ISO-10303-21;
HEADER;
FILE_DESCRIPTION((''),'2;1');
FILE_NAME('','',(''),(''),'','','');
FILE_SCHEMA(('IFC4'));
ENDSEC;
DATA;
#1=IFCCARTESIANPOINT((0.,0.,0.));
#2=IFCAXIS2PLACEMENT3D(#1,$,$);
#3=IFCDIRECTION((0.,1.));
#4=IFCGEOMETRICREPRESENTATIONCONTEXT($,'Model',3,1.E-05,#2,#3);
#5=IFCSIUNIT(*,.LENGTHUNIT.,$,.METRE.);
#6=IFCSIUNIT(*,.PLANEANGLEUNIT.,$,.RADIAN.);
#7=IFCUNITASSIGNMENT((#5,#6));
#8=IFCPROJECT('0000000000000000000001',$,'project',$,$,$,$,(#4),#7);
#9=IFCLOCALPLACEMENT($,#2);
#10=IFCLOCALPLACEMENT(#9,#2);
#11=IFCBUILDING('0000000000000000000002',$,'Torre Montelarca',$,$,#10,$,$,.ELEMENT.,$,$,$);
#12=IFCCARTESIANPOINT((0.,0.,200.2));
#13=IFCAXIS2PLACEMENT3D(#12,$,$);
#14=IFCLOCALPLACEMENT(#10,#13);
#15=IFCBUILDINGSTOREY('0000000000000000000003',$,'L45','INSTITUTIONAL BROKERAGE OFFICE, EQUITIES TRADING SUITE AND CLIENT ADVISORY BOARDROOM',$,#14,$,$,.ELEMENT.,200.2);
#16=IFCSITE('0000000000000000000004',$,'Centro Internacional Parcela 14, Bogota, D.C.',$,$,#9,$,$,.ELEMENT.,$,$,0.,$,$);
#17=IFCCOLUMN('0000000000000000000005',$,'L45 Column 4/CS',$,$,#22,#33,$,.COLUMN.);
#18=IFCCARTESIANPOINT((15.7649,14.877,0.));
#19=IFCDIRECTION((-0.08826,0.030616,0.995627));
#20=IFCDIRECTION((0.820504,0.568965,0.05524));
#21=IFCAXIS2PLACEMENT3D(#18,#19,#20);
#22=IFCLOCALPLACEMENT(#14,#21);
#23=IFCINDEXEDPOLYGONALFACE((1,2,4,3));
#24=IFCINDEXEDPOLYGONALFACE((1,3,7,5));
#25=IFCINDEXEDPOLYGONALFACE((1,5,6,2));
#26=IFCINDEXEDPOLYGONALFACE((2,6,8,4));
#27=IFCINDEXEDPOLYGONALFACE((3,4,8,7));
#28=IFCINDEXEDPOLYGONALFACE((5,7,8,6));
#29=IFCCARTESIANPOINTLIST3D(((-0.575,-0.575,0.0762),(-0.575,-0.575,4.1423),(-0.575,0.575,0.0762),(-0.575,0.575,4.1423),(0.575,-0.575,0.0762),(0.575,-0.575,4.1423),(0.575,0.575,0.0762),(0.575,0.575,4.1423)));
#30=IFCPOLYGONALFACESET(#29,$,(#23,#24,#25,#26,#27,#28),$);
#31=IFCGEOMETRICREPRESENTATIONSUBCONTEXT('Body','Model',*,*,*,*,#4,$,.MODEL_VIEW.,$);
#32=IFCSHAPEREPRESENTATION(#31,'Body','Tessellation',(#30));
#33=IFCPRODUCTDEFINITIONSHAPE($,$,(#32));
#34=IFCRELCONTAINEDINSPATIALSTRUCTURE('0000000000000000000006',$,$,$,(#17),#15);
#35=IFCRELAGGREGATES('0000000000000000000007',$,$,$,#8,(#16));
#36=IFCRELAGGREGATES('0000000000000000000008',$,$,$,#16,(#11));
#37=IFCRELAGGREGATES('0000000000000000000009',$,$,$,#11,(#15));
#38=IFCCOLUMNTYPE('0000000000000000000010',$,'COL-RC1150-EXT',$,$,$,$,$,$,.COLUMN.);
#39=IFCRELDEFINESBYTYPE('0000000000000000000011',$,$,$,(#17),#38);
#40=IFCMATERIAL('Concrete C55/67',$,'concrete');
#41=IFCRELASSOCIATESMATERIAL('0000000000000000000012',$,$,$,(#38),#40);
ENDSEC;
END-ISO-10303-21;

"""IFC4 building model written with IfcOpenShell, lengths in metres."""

from ifc_helpers import new_model, si_unit, direction, frame, origin, origin_2d, place, context, subcontext, project, spatial, rectangle, extrude, clip, halfspace, material, material_profile, profile_set, type_object, element, save


model = new_model("IFC4")

# Units and contexts
model_context = context("Model", 3, precision=1e-05, world=origin(), true_north=direction((0.0, 1.0)))
body_context = subcontext(model_context, "Body", "Model", "MODEL_VIEW")
ifc_project = project(units=[si_unit("LENGTHUNIT", "METRE"), si_unit("PLANEANGLEUNIT", "RADIAN")], contexts=[model_context])

# Site, building, storey
site_placement = place(None, origin())
site = spatial("IfcSite", under=ifc_project, at=site_placement, Name="Centro Internacional Parcela 14, Bogota, D.C.", CompositionType="ELEMENT", RefElevation=0.0)
building_placement = place(site_placement, origin())
building = spatial("IfcBuilding", under=site, at=building_placement, Name="Torre Montelarca", CompositionType="ELEMENT")
storey_placement = place(building_placement, frame((0.0, 0.0, 200.2)))
storey = spatial("IfcBuildingStorey", under=building, at=storey_placement, Name="L45", Description="INSTITUTIONAL BROKERAGE OFFICE, EQUITIES TRADING SUITE AND CLIENT ADVISORY BOARDROOM", CompositionType="ELEMENT", Elevation=200.2)

# Column
ifc_material_1 = material(Name="Concrete C55/67", Category="concrete")
ifc_material_profile_1 = material_profile(ifc_material_1, rectangle(XDim=1.1499, YDim=1.1499, at=origin_2d()), Name="RC1150X1150", Category="concrete")
ifc_profile_set_1 = profile_set([ifc_material_profile_1], Name="Concrete C55/67")
column_type_1 = type_object("IfcColumnType", Name="COL-RC1150-EXT", PredefinedType="COLUMN", material=ifc_profile_set_1)
column_1_placement = place(storey_placement, frame((15.7649, 14.877, 0.0), z_axis=(-0.08826, 0.030616, 0.995627), x_axis=(0.820504, 0.568965, 0.05524)))
element("IfcColumn", 1, at=column_1_placement, inside=storey, type_object=column_type_1, Name="L45 Column 4/CS", PredefinedType="COLUMN", context=body_context, shape_type="Clipping", body=[
    clip(clip(extrude(rectangle(XDim=1.1499, YDim=1.1499, at=origin_2d()), origin(), (0.0, 0.0, 1.0), 4.2185), halfspace(frame((0.0, 0.0, 0.0762), z_axis=(0.0, 0.0, -1.0), x_axis=(1.0, 0.0, 0.0)), False)), halfspace(frame((0.0, 0.0, 4.1423), z_axis=(0.0, 0.0, 1.0), x_axis=(1.0, 0.0, 0.0)), False)),
])

save(model, "model.ifc")
